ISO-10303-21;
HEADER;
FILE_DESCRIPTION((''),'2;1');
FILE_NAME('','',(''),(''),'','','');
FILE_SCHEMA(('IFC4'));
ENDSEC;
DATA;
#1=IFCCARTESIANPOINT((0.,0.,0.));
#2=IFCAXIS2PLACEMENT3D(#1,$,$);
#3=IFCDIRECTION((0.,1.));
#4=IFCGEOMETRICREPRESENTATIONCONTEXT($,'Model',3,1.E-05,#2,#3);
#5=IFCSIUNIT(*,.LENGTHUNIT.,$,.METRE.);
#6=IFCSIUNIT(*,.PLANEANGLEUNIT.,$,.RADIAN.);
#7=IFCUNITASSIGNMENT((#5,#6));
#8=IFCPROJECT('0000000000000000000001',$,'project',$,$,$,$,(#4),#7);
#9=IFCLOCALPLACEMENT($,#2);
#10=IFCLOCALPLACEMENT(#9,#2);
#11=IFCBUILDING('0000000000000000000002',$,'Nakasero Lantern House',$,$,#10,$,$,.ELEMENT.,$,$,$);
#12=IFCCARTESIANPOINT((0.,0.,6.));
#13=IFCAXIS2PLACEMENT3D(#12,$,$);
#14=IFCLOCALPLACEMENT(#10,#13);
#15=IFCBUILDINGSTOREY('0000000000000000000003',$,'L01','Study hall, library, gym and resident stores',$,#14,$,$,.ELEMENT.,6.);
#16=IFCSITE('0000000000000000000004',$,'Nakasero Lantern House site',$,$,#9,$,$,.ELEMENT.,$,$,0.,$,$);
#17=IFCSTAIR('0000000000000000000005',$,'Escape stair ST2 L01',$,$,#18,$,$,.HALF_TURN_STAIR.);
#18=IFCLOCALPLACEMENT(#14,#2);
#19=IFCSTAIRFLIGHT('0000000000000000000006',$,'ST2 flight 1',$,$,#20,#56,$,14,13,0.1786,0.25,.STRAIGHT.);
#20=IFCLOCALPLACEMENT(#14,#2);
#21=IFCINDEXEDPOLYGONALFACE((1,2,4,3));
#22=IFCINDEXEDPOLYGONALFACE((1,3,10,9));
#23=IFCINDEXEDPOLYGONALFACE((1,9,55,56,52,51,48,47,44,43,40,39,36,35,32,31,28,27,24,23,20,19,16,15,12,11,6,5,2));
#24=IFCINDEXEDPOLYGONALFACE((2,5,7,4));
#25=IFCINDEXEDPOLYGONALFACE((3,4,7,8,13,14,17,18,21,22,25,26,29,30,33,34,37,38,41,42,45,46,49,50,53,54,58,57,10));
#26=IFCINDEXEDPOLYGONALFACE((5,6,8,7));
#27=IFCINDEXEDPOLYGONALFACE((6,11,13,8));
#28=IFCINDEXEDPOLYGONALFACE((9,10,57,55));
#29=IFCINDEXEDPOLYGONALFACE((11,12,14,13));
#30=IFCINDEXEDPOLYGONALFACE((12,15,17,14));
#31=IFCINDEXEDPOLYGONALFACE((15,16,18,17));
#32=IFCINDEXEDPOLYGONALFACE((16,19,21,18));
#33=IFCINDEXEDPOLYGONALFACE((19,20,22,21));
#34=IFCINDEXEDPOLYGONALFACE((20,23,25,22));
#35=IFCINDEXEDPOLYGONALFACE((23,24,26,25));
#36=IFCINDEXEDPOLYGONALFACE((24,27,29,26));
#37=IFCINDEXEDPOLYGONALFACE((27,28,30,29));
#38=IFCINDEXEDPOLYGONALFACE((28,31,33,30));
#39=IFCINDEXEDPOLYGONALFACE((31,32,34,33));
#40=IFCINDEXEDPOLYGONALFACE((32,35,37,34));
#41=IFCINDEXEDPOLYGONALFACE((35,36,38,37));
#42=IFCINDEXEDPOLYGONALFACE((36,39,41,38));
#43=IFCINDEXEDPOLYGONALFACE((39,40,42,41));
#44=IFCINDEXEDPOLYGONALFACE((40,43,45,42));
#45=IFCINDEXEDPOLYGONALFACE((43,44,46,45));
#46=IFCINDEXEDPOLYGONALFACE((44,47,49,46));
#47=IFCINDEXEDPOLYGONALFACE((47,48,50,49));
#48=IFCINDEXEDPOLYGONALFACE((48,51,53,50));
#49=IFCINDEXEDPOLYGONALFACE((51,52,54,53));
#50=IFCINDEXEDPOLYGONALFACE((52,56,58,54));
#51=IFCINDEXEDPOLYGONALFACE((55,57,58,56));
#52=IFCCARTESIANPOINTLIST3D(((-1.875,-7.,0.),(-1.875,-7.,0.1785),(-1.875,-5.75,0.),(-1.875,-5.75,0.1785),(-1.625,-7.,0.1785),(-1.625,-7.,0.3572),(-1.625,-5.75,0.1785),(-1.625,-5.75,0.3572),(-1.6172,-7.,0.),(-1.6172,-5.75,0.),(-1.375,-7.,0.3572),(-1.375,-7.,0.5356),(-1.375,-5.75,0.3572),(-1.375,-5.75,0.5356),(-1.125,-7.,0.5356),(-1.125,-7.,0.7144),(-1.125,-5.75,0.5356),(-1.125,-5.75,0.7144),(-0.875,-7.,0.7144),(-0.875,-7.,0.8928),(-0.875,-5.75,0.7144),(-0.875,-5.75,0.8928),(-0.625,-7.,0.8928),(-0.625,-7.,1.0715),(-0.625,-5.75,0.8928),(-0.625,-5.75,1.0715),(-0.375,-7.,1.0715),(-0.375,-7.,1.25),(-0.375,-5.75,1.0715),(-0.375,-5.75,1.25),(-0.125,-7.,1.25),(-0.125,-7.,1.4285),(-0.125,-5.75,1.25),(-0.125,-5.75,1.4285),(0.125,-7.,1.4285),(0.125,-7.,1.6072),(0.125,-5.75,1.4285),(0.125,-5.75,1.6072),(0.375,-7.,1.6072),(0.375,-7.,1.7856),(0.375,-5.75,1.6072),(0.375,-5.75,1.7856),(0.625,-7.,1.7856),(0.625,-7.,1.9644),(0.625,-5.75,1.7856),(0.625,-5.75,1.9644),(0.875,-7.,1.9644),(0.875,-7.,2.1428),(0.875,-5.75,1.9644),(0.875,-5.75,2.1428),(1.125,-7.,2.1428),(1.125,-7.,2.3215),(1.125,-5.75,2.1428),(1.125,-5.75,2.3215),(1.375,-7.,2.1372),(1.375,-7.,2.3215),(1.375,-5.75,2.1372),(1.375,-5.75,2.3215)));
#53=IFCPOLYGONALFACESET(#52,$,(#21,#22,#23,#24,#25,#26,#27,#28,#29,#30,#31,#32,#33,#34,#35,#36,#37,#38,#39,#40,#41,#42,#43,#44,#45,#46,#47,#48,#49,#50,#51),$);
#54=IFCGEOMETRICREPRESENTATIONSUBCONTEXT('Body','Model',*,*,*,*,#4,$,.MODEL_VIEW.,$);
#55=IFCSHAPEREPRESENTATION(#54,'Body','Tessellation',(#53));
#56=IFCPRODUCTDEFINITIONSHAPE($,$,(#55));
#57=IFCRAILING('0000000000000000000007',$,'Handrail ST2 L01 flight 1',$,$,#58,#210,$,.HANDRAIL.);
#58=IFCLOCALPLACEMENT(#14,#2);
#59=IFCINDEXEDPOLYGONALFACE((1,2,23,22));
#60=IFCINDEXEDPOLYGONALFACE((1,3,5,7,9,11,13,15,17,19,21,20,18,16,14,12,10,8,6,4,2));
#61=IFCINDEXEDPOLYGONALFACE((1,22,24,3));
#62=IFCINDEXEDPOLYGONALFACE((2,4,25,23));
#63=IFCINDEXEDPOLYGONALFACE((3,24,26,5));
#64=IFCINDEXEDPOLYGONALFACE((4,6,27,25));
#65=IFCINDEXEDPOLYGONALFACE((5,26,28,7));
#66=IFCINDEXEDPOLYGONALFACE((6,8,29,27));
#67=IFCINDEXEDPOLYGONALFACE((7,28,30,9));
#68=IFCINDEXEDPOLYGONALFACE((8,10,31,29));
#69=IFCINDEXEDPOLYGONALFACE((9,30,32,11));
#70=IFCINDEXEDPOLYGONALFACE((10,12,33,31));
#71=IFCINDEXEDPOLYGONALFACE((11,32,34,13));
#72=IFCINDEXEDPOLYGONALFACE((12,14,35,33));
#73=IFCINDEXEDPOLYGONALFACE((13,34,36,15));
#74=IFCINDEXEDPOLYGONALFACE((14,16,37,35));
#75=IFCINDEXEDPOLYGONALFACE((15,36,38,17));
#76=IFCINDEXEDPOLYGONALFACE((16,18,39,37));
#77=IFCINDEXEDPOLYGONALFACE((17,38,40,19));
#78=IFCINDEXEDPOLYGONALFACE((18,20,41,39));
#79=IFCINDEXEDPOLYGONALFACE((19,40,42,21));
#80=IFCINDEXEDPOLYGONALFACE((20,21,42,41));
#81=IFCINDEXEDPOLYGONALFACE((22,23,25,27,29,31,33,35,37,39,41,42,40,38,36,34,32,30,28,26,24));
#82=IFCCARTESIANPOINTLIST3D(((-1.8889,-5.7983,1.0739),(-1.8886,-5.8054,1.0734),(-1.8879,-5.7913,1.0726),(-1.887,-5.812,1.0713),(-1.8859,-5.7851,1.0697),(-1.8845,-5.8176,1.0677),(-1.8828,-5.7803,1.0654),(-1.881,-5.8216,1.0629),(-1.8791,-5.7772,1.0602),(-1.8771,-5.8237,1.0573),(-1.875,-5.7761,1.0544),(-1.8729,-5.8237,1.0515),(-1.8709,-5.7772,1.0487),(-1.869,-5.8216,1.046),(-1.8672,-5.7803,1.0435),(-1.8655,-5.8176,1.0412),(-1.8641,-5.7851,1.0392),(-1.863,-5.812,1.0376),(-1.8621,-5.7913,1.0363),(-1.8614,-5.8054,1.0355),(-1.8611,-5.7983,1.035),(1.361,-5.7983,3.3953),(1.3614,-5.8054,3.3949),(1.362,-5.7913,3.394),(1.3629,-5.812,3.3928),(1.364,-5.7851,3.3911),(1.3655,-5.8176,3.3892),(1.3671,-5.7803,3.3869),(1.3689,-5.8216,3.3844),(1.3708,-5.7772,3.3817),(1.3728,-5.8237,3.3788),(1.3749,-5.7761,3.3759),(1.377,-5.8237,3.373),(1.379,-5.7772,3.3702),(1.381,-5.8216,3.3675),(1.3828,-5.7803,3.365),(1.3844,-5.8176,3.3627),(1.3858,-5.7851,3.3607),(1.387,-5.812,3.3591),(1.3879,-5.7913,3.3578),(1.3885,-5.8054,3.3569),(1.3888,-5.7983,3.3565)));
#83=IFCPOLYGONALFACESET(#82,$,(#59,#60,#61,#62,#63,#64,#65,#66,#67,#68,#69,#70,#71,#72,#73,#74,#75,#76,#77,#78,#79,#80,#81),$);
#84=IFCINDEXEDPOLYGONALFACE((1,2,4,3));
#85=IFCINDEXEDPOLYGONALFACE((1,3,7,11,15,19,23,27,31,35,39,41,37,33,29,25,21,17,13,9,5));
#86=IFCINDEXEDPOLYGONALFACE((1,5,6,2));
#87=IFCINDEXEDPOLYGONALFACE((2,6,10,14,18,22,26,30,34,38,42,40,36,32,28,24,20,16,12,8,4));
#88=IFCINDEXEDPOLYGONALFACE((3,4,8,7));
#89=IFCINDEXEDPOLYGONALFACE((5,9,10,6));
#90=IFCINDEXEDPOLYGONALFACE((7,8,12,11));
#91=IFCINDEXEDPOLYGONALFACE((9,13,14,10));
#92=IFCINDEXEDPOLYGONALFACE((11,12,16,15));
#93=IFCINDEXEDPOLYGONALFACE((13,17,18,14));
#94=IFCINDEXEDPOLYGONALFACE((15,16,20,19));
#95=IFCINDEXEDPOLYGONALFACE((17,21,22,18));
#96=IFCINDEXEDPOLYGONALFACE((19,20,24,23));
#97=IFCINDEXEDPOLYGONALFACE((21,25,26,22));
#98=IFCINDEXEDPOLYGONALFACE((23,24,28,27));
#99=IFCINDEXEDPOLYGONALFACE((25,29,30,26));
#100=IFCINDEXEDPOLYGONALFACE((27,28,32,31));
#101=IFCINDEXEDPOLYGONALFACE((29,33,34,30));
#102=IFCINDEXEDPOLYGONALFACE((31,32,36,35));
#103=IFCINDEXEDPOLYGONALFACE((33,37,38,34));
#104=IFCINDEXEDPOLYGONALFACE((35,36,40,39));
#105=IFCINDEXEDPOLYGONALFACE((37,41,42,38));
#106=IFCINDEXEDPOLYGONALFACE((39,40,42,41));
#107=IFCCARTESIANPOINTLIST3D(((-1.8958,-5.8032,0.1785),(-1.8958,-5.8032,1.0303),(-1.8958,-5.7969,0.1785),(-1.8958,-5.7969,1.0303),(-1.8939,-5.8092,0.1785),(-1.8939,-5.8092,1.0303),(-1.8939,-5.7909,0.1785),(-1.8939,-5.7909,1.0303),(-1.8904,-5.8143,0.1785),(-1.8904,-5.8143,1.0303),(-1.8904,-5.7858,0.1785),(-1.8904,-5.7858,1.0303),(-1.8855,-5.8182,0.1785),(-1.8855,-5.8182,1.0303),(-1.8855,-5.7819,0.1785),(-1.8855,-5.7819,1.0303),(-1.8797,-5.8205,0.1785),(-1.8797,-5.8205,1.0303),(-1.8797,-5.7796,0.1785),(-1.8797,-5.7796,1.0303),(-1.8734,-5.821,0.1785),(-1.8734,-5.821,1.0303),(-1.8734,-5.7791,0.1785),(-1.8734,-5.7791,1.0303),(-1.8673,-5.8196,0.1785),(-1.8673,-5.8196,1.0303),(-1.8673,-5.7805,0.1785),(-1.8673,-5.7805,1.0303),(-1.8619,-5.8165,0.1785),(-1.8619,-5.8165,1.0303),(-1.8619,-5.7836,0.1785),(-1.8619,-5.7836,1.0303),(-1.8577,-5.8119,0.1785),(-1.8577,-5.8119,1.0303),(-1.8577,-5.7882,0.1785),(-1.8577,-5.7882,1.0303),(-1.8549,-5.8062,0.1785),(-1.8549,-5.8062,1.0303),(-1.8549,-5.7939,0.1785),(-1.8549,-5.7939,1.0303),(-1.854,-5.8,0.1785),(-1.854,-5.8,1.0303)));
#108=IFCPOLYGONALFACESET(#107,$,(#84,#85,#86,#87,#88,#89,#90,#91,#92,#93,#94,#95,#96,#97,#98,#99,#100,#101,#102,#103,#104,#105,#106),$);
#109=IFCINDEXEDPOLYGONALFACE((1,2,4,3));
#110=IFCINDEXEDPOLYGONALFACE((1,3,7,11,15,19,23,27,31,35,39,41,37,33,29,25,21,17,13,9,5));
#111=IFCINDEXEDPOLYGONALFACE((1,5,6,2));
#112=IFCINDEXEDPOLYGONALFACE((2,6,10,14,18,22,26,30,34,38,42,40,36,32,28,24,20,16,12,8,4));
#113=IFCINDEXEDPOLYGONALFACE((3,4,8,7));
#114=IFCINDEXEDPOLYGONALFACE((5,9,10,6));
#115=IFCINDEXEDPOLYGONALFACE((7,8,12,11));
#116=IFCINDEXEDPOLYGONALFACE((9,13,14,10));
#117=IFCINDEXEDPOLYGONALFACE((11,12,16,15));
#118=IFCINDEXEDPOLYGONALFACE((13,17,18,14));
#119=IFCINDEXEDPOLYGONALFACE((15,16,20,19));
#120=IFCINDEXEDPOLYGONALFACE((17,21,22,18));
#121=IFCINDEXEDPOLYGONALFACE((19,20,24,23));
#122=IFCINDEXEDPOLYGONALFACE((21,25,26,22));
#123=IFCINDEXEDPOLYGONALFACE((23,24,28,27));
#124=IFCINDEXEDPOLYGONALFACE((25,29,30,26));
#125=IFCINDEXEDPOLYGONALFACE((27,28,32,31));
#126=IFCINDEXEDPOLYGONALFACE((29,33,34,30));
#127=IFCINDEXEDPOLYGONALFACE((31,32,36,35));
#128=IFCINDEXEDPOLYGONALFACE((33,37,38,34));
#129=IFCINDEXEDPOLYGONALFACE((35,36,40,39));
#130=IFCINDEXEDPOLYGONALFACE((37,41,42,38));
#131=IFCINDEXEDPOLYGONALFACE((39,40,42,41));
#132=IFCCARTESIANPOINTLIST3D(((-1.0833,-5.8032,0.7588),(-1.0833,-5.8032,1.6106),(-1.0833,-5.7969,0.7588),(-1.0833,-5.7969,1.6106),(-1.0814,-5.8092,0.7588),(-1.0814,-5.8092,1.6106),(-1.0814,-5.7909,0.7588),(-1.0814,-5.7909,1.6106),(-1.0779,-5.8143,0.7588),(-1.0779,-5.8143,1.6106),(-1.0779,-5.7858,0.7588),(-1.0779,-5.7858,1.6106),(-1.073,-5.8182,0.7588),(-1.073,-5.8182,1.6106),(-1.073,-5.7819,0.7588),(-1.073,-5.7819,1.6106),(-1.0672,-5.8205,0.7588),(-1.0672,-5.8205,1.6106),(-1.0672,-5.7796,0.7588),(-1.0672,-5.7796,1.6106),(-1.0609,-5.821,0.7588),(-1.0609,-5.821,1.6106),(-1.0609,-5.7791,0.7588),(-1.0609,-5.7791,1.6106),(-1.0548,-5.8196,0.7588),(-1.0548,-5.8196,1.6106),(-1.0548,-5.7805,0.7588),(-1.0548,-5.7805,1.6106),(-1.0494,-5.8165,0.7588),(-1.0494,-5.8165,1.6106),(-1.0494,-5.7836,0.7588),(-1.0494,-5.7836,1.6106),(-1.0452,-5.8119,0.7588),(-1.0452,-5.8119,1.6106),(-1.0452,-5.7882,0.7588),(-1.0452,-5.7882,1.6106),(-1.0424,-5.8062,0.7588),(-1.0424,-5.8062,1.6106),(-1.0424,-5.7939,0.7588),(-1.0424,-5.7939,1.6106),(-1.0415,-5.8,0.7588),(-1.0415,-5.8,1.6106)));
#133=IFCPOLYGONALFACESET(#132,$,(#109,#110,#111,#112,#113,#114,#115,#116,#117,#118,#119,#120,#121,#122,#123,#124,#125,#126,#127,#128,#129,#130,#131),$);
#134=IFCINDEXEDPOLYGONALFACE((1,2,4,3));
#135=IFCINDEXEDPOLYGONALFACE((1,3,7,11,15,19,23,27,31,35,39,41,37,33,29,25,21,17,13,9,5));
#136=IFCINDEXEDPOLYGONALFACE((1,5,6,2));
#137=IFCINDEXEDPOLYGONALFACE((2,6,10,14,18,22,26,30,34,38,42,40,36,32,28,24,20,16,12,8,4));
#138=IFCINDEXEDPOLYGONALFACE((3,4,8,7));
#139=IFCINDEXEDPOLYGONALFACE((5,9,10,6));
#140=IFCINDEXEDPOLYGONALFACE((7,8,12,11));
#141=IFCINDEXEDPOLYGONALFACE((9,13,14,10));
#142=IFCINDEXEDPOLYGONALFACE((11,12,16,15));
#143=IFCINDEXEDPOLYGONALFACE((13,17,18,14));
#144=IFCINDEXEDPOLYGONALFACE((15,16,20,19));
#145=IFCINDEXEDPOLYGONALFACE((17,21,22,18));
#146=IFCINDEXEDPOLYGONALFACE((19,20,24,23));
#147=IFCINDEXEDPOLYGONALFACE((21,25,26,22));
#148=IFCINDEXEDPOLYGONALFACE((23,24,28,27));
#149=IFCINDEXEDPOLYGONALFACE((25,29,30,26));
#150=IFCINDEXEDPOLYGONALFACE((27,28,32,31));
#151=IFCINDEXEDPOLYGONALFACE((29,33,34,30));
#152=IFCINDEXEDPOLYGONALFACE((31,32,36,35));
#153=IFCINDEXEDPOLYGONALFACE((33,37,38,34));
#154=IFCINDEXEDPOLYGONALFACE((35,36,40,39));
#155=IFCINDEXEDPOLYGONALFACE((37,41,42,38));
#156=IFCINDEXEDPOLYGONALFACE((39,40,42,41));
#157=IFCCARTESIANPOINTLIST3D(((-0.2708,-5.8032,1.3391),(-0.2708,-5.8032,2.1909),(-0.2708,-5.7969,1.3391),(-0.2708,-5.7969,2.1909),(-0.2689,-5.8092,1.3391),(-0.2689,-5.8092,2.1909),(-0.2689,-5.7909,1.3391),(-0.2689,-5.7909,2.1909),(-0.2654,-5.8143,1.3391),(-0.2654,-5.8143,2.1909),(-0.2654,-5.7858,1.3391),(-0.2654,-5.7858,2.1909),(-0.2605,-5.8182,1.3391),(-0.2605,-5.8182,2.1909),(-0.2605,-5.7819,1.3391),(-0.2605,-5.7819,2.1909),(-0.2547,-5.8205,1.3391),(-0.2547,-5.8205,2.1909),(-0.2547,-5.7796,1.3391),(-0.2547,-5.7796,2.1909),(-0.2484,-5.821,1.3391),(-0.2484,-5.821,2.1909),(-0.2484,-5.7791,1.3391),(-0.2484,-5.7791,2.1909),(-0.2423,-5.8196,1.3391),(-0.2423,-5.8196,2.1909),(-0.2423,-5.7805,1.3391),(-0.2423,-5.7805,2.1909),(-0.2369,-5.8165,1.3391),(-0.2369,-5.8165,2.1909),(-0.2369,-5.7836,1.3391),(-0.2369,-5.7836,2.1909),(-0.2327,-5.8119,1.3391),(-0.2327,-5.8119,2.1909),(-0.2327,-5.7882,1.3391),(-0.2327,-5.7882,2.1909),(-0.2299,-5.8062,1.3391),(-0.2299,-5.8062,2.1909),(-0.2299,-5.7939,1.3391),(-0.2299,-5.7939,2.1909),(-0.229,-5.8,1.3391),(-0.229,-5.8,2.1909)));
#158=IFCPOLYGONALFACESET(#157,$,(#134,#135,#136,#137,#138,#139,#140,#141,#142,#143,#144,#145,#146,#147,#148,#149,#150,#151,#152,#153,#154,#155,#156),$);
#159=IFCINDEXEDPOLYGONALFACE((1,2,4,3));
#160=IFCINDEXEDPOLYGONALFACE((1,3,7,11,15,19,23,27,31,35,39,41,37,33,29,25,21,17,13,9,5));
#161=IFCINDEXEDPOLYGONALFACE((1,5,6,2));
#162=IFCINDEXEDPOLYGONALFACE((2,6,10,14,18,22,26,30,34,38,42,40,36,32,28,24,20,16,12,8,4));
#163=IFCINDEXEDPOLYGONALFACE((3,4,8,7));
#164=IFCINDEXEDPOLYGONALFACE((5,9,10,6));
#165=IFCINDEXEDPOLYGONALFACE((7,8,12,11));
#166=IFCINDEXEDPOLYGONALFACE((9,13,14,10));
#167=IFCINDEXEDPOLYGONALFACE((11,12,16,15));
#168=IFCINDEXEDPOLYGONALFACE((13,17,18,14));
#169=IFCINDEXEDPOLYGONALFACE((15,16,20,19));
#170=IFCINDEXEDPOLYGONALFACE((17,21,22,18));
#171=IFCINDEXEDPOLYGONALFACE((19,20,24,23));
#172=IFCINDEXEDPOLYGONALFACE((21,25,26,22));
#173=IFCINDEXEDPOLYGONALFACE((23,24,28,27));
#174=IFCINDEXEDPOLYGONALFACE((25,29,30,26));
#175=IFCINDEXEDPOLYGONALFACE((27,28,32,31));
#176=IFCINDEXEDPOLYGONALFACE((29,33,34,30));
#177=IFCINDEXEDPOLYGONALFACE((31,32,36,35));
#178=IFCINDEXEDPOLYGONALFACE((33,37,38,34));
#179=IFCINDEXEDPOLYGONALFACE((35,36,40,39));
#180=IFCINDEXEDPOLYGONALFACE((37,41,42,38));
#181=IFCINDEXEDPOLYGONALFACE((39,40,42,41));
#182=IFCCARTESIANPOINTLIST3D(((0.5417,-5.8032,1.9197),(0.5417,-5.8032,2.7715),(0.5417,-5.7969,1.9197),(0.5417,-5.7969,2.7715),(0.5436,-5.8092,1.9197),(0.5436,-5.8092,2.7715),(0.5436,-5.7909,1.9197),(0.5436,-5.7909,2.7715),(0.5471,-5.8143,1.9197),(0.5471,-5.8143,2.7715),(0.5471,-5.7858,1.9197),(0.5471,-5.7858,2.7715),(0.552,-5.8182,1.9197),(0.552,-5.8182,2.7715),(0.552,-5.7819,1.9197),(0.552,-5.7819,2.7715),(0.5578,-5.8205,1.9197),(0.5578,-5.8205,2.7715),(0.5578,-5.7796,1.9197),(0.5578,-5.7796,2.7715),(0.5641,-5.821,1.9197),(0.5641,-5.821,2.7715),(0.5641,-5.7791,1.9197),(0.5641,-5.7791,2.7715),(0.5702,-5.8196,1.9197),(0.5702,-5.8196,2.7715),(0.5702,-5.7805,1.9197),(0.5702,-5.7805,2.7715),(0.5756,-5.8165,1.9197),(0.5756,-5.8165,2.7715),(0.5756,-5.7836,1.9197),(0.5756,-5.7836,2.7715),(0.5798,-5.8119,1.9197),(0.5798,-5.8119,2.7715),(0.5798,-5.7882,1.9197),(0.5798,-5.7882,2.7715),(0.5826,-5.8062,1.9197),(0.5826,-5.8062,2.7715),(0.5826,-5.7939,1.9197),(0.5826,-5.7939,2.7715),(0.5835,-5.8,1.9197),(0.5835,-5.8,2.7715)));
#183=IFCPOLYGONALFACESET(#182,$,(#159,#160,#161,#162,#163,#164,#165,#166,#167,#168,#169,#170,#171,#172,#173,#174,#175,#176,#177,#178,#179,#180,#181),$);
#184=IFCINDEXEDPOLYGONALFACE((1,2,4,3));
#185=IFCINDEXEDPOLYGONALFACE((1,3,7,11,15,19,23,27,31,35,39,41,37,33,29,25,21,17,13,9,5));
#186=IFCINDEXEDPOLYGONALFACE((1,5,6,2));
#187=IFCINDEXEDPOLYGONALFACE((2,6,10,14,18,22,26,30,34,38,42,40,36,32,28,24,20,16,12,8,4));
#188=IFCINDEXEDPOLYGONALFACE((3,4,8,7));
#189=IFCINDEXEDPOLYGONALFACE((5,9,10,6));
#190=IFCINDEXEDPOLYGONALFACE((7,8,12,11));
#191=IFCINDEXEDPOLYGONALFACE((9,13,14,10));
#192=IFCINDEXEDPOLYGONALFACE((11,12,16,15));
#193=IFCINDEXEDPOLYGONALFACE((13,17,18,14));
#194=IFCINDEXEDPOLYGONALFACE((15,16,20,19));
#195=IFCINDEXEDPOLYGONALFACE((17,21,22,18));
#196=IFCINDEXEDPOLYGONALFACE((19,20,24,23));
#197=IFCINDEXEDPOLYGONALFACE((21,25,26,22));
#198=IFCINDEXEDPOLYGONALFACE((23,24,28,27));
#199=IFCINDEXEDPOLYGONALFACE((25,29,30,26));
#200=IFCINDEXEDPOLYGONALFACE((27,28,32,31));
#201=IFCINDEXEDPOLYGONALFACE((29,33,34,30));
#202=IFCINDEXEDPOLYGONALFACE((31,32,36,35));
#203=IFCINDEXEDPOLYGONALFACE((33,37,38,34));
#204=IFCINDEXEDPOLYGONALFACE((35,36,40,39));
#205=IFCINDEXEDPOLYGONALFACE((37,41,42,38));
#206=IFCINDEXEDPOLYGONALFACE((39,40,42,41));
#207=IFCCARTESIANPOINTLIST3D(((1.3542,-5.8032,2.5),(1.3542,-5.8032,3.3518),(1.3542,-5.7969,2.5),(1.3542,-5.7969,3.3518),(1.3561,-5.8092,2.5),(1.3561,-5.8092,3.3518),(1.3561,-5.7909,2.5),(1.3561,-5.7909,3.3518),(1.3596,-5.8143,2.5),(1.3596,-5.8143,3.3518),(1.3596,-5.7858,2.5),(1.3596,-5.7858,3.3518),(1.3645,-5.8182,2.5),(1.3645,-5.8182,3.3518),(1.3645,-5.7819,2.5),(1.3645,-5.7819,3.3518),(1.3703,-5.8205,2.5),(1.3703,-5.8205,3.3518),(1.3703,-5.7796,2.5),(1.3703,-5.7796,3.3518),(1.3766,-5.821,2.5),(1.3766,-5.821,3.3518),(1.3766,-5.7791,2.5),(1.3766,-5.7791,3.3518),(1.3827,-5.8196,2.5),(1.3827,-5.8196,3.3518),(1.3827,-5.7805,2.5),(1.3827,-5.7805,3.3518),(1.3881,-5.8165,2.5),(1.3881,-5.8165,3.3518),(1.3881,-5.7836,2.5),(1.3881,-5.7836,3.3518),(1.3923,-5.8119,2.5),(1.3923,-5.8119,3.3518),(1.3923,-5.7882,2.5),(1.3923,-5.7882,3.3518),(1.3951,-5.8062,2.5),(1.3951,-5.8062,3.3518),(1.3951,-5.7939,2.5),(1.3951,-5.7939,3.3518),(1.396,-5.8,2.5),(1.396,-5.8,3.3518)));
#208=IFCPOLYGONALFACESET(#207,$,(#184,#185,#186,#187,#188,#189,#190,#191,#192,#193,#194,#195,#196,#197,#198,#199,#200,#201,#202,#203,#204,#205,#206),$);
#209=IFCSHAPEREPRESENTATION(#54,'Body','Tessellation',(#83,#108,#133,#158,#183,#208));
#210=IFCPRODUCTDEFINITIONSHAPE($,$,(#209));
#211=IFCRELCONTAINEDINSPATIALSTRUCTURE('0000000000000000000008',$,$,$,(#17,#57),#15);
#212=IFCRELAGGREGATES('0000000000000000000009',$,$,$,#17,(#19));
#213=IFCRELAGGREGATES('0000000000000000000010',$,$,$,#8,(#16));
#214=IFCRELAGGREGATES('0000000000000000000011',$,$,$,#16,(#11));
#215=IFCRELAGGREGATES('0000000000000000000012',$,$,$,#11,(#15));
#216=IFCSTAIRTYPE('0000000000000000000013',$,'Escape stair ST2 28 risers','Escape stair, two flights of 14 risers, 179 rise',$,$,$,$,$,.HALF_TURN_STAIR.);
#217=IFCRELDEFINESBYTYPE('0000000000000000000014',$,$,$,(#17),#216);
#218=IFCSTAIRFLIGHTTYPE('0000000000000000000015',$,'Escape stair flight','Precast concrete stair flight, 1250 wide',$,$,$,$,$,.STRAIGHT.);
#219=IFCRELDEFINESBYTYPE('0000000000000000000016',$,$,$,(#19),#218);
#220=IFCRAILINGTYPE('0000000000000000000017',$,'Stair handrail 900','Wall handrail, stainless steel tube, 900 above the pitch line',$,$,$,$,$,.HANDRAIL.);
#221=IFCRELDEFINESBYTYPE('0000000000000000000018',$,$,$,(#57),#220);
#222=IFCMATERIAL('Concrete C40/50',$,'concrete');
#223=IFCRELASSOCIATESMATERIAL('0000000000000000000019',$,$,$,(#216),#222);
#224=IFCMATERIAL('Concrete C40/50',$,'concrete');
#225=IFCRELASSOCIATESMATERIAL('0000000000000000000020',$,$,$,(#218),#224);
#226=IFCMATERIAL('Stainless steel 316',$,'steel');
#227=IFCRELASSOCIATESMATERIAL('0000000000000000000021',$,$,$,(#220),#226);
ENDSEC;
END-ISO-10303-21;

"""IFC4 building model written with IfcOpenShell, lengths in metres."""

from ifc_helpers import new_model, si_unit, direction, frame, origin, origin_2d, place, context, subcontext, project, spatial, polyline, circle, outline, extrude, material, type_object, element, aggregate, save


model = new_model("IFC4")

# Units and contexts
model_context = context("Model", 3, precision=1e-05, world=origin(), true_north=direction((0.0, 1.0)))
body_context = subcontext(model_context, "Body", "Model", "MODEL_VIEW")
ifc_project = project(units=[si_unit("LENGTHUNIT", "METRE"), si_unit("PLANEANGLEUNIT", "RADIAN")], contexts=[model_context])

# Site, building, storey
site_placement = place(None, origin())
site = spatial("IfcSite", under=ifc_project, at=site_placement, Name="Nakasero Lantern House site", CompositionType="ELEMENT", RefElevation=0.0)
building_placement = place(site_placement, origin())
building = spatial("IfcBuilding", under=site, at=building_placement, Name="Nakasero Lantern House", CompositionType="ELEMENT")
storey_placement = place(building_placement, frame((0.0, 0.0, 6.0)))
storey = spatial("IfcBuildingStorey", under=building, at=storey_placement, Name="L01", Description="Study hall, library, gym and resident stores", CompositionType="ELEMENT", Elevation=6.0)

# Stair, stair flight
ifc_material_1 = material(Name="Concrete C40/50", Category="concrete")
stair_type = type_object("IfcStairType", Name="Escape stair ST2 28 risers", Description="Escape stair, two flights of 14 risers, 179 rise", PredefinedType="HALF_TURN_STAIR", material=ifc_material_1)
stair_placement = place(storey_placement, origin())
stair = element("IfcStair", 1, at=stair_placement, inside=storey, type_object=stair_type, Name="Escape stair ST2 L01", PredefinedType="HALF_TURN_STAIR")
ifc_material_2 = material(Name="Concrete C40/50", Category="concrete")
stair_flight_type = type_object("IfcStairFlightType", Name="Escape stair flight", Description="Precast concrete stair flight, 1250 wide", PredefinedType="STRAIGHT", material=ifc_material_2)
stair_flight_placement = place(storey_placement, frame((-1.875, -6.375, 0.0), z_axis=(0.0, 0.0, 1.0), x_axis=(1.0, 0.0, 0.0)))
stair_flight = element("IfcStairFlight", 2, at=stair_flight_placement, type_object=stair_flight_type, Name="ST2 flight 1", NumberOfRisers=14, NumberOfTreads=13, PredefinedType="STRAIGHT", RiserHeight=0.1786, TreadLength=0.25, context=body_context, shape_type="SweptSolid", body=[
    extrude(outline(polyline([(0.0, 0.0), (0.0, 0.1785), (0.25, 0.1785), (0.25, 0.3572), (0.5, 0.3572), (0.5, 0.5356), (0.75, 0.5356), (0.75, 0.7144), (1.0, 0.7144), (1.0, 0.8928), (1.25, 0.8928), (1.25, 1.0715), (1.5, 1.0715), (1.5, 1.25), (1.75, 1.25), (1.75, 1.4285), (2.0, 1.4285), (2.0, 1.6072), (2.25, 1.6072), (2.25, 1.7856), (2.5, 1.7856), (2.5, 1.9644), (2.75, 1.9644), (2.75, 2.1428), (3.0, 2.1428), (3.0, 2.3215), (3.25, 2.3215), (3.25, 2.5), (3.25, 2.1372), (0.2578, 0.0), (0.0, 0.0)])), frame((0.0, 0.625, 0.0), z_axis=(0.0, -1.0, 0.0), x_axis=(1.0, 0.0, 0.0)), (0.0, 0.0, 1.0), 1.25),
])
aggregate(stair, [stair_flight])

# Railing
ifc_material_3 = material(Name="Stainless steel 316", Category="steel")
railing_type = type_object("IfcRailingType", Name="Stair handrail 900", Description="Wall handrail, stainless steel tube, 900 above the pitch line", PredefinedType="HANDRAIL", material=ifc_material_3)
railing_placement = place(storey_placement, frame((-1.875, -5.8, 0.1785)))
element("IfcRailing", 3, at=railing_placement, inside=storey, type_object=railing_type, Name="Handrail ST2 L01 flight 1", PredefinedType="HANDRAIL", context=body_context, shape_type="SweptSolid", body=[
    extrude(circle(Radius=0.0239, at=origin_2d()), frame((0.0, 0.0, 0.876), z_axis=(0.813721, 0.0, 0.581256), x_axis=(0.0, 1.0, 0.0)), (0.0, 0.0, 1.0), 3.9939),
    extrude(circle(Radius=0.021, at=origin_2d()), origin(), (0.0, 0.0, 1.0), 0.8518),
    extrude(circle(Radius=0.021, at=origin_2d()), frame((0.8125, 0.0, 0.5803)), (0.0, 0.0, 1.0), 0.8518),
    extrude(circle(Radius=0.021, at=origin_2d()), frame((1.625, 0.0, 1.1606)), (0.0, 0.0, 1.0), 0.8518),
    extrude(circle(Radius=0.021, at=origin_2d()), frame((2.4375, 0.0, 1.7412)), (0.0, 0.0, 1.0), 0.8518),
    extrude(circle(Radius=0.021, at=origin_2d()), frame((3.25, 0.0, 2.3215)), (0.0, 0.0, 1.0), 0.8518),
])

save(model, "model.ifc")
